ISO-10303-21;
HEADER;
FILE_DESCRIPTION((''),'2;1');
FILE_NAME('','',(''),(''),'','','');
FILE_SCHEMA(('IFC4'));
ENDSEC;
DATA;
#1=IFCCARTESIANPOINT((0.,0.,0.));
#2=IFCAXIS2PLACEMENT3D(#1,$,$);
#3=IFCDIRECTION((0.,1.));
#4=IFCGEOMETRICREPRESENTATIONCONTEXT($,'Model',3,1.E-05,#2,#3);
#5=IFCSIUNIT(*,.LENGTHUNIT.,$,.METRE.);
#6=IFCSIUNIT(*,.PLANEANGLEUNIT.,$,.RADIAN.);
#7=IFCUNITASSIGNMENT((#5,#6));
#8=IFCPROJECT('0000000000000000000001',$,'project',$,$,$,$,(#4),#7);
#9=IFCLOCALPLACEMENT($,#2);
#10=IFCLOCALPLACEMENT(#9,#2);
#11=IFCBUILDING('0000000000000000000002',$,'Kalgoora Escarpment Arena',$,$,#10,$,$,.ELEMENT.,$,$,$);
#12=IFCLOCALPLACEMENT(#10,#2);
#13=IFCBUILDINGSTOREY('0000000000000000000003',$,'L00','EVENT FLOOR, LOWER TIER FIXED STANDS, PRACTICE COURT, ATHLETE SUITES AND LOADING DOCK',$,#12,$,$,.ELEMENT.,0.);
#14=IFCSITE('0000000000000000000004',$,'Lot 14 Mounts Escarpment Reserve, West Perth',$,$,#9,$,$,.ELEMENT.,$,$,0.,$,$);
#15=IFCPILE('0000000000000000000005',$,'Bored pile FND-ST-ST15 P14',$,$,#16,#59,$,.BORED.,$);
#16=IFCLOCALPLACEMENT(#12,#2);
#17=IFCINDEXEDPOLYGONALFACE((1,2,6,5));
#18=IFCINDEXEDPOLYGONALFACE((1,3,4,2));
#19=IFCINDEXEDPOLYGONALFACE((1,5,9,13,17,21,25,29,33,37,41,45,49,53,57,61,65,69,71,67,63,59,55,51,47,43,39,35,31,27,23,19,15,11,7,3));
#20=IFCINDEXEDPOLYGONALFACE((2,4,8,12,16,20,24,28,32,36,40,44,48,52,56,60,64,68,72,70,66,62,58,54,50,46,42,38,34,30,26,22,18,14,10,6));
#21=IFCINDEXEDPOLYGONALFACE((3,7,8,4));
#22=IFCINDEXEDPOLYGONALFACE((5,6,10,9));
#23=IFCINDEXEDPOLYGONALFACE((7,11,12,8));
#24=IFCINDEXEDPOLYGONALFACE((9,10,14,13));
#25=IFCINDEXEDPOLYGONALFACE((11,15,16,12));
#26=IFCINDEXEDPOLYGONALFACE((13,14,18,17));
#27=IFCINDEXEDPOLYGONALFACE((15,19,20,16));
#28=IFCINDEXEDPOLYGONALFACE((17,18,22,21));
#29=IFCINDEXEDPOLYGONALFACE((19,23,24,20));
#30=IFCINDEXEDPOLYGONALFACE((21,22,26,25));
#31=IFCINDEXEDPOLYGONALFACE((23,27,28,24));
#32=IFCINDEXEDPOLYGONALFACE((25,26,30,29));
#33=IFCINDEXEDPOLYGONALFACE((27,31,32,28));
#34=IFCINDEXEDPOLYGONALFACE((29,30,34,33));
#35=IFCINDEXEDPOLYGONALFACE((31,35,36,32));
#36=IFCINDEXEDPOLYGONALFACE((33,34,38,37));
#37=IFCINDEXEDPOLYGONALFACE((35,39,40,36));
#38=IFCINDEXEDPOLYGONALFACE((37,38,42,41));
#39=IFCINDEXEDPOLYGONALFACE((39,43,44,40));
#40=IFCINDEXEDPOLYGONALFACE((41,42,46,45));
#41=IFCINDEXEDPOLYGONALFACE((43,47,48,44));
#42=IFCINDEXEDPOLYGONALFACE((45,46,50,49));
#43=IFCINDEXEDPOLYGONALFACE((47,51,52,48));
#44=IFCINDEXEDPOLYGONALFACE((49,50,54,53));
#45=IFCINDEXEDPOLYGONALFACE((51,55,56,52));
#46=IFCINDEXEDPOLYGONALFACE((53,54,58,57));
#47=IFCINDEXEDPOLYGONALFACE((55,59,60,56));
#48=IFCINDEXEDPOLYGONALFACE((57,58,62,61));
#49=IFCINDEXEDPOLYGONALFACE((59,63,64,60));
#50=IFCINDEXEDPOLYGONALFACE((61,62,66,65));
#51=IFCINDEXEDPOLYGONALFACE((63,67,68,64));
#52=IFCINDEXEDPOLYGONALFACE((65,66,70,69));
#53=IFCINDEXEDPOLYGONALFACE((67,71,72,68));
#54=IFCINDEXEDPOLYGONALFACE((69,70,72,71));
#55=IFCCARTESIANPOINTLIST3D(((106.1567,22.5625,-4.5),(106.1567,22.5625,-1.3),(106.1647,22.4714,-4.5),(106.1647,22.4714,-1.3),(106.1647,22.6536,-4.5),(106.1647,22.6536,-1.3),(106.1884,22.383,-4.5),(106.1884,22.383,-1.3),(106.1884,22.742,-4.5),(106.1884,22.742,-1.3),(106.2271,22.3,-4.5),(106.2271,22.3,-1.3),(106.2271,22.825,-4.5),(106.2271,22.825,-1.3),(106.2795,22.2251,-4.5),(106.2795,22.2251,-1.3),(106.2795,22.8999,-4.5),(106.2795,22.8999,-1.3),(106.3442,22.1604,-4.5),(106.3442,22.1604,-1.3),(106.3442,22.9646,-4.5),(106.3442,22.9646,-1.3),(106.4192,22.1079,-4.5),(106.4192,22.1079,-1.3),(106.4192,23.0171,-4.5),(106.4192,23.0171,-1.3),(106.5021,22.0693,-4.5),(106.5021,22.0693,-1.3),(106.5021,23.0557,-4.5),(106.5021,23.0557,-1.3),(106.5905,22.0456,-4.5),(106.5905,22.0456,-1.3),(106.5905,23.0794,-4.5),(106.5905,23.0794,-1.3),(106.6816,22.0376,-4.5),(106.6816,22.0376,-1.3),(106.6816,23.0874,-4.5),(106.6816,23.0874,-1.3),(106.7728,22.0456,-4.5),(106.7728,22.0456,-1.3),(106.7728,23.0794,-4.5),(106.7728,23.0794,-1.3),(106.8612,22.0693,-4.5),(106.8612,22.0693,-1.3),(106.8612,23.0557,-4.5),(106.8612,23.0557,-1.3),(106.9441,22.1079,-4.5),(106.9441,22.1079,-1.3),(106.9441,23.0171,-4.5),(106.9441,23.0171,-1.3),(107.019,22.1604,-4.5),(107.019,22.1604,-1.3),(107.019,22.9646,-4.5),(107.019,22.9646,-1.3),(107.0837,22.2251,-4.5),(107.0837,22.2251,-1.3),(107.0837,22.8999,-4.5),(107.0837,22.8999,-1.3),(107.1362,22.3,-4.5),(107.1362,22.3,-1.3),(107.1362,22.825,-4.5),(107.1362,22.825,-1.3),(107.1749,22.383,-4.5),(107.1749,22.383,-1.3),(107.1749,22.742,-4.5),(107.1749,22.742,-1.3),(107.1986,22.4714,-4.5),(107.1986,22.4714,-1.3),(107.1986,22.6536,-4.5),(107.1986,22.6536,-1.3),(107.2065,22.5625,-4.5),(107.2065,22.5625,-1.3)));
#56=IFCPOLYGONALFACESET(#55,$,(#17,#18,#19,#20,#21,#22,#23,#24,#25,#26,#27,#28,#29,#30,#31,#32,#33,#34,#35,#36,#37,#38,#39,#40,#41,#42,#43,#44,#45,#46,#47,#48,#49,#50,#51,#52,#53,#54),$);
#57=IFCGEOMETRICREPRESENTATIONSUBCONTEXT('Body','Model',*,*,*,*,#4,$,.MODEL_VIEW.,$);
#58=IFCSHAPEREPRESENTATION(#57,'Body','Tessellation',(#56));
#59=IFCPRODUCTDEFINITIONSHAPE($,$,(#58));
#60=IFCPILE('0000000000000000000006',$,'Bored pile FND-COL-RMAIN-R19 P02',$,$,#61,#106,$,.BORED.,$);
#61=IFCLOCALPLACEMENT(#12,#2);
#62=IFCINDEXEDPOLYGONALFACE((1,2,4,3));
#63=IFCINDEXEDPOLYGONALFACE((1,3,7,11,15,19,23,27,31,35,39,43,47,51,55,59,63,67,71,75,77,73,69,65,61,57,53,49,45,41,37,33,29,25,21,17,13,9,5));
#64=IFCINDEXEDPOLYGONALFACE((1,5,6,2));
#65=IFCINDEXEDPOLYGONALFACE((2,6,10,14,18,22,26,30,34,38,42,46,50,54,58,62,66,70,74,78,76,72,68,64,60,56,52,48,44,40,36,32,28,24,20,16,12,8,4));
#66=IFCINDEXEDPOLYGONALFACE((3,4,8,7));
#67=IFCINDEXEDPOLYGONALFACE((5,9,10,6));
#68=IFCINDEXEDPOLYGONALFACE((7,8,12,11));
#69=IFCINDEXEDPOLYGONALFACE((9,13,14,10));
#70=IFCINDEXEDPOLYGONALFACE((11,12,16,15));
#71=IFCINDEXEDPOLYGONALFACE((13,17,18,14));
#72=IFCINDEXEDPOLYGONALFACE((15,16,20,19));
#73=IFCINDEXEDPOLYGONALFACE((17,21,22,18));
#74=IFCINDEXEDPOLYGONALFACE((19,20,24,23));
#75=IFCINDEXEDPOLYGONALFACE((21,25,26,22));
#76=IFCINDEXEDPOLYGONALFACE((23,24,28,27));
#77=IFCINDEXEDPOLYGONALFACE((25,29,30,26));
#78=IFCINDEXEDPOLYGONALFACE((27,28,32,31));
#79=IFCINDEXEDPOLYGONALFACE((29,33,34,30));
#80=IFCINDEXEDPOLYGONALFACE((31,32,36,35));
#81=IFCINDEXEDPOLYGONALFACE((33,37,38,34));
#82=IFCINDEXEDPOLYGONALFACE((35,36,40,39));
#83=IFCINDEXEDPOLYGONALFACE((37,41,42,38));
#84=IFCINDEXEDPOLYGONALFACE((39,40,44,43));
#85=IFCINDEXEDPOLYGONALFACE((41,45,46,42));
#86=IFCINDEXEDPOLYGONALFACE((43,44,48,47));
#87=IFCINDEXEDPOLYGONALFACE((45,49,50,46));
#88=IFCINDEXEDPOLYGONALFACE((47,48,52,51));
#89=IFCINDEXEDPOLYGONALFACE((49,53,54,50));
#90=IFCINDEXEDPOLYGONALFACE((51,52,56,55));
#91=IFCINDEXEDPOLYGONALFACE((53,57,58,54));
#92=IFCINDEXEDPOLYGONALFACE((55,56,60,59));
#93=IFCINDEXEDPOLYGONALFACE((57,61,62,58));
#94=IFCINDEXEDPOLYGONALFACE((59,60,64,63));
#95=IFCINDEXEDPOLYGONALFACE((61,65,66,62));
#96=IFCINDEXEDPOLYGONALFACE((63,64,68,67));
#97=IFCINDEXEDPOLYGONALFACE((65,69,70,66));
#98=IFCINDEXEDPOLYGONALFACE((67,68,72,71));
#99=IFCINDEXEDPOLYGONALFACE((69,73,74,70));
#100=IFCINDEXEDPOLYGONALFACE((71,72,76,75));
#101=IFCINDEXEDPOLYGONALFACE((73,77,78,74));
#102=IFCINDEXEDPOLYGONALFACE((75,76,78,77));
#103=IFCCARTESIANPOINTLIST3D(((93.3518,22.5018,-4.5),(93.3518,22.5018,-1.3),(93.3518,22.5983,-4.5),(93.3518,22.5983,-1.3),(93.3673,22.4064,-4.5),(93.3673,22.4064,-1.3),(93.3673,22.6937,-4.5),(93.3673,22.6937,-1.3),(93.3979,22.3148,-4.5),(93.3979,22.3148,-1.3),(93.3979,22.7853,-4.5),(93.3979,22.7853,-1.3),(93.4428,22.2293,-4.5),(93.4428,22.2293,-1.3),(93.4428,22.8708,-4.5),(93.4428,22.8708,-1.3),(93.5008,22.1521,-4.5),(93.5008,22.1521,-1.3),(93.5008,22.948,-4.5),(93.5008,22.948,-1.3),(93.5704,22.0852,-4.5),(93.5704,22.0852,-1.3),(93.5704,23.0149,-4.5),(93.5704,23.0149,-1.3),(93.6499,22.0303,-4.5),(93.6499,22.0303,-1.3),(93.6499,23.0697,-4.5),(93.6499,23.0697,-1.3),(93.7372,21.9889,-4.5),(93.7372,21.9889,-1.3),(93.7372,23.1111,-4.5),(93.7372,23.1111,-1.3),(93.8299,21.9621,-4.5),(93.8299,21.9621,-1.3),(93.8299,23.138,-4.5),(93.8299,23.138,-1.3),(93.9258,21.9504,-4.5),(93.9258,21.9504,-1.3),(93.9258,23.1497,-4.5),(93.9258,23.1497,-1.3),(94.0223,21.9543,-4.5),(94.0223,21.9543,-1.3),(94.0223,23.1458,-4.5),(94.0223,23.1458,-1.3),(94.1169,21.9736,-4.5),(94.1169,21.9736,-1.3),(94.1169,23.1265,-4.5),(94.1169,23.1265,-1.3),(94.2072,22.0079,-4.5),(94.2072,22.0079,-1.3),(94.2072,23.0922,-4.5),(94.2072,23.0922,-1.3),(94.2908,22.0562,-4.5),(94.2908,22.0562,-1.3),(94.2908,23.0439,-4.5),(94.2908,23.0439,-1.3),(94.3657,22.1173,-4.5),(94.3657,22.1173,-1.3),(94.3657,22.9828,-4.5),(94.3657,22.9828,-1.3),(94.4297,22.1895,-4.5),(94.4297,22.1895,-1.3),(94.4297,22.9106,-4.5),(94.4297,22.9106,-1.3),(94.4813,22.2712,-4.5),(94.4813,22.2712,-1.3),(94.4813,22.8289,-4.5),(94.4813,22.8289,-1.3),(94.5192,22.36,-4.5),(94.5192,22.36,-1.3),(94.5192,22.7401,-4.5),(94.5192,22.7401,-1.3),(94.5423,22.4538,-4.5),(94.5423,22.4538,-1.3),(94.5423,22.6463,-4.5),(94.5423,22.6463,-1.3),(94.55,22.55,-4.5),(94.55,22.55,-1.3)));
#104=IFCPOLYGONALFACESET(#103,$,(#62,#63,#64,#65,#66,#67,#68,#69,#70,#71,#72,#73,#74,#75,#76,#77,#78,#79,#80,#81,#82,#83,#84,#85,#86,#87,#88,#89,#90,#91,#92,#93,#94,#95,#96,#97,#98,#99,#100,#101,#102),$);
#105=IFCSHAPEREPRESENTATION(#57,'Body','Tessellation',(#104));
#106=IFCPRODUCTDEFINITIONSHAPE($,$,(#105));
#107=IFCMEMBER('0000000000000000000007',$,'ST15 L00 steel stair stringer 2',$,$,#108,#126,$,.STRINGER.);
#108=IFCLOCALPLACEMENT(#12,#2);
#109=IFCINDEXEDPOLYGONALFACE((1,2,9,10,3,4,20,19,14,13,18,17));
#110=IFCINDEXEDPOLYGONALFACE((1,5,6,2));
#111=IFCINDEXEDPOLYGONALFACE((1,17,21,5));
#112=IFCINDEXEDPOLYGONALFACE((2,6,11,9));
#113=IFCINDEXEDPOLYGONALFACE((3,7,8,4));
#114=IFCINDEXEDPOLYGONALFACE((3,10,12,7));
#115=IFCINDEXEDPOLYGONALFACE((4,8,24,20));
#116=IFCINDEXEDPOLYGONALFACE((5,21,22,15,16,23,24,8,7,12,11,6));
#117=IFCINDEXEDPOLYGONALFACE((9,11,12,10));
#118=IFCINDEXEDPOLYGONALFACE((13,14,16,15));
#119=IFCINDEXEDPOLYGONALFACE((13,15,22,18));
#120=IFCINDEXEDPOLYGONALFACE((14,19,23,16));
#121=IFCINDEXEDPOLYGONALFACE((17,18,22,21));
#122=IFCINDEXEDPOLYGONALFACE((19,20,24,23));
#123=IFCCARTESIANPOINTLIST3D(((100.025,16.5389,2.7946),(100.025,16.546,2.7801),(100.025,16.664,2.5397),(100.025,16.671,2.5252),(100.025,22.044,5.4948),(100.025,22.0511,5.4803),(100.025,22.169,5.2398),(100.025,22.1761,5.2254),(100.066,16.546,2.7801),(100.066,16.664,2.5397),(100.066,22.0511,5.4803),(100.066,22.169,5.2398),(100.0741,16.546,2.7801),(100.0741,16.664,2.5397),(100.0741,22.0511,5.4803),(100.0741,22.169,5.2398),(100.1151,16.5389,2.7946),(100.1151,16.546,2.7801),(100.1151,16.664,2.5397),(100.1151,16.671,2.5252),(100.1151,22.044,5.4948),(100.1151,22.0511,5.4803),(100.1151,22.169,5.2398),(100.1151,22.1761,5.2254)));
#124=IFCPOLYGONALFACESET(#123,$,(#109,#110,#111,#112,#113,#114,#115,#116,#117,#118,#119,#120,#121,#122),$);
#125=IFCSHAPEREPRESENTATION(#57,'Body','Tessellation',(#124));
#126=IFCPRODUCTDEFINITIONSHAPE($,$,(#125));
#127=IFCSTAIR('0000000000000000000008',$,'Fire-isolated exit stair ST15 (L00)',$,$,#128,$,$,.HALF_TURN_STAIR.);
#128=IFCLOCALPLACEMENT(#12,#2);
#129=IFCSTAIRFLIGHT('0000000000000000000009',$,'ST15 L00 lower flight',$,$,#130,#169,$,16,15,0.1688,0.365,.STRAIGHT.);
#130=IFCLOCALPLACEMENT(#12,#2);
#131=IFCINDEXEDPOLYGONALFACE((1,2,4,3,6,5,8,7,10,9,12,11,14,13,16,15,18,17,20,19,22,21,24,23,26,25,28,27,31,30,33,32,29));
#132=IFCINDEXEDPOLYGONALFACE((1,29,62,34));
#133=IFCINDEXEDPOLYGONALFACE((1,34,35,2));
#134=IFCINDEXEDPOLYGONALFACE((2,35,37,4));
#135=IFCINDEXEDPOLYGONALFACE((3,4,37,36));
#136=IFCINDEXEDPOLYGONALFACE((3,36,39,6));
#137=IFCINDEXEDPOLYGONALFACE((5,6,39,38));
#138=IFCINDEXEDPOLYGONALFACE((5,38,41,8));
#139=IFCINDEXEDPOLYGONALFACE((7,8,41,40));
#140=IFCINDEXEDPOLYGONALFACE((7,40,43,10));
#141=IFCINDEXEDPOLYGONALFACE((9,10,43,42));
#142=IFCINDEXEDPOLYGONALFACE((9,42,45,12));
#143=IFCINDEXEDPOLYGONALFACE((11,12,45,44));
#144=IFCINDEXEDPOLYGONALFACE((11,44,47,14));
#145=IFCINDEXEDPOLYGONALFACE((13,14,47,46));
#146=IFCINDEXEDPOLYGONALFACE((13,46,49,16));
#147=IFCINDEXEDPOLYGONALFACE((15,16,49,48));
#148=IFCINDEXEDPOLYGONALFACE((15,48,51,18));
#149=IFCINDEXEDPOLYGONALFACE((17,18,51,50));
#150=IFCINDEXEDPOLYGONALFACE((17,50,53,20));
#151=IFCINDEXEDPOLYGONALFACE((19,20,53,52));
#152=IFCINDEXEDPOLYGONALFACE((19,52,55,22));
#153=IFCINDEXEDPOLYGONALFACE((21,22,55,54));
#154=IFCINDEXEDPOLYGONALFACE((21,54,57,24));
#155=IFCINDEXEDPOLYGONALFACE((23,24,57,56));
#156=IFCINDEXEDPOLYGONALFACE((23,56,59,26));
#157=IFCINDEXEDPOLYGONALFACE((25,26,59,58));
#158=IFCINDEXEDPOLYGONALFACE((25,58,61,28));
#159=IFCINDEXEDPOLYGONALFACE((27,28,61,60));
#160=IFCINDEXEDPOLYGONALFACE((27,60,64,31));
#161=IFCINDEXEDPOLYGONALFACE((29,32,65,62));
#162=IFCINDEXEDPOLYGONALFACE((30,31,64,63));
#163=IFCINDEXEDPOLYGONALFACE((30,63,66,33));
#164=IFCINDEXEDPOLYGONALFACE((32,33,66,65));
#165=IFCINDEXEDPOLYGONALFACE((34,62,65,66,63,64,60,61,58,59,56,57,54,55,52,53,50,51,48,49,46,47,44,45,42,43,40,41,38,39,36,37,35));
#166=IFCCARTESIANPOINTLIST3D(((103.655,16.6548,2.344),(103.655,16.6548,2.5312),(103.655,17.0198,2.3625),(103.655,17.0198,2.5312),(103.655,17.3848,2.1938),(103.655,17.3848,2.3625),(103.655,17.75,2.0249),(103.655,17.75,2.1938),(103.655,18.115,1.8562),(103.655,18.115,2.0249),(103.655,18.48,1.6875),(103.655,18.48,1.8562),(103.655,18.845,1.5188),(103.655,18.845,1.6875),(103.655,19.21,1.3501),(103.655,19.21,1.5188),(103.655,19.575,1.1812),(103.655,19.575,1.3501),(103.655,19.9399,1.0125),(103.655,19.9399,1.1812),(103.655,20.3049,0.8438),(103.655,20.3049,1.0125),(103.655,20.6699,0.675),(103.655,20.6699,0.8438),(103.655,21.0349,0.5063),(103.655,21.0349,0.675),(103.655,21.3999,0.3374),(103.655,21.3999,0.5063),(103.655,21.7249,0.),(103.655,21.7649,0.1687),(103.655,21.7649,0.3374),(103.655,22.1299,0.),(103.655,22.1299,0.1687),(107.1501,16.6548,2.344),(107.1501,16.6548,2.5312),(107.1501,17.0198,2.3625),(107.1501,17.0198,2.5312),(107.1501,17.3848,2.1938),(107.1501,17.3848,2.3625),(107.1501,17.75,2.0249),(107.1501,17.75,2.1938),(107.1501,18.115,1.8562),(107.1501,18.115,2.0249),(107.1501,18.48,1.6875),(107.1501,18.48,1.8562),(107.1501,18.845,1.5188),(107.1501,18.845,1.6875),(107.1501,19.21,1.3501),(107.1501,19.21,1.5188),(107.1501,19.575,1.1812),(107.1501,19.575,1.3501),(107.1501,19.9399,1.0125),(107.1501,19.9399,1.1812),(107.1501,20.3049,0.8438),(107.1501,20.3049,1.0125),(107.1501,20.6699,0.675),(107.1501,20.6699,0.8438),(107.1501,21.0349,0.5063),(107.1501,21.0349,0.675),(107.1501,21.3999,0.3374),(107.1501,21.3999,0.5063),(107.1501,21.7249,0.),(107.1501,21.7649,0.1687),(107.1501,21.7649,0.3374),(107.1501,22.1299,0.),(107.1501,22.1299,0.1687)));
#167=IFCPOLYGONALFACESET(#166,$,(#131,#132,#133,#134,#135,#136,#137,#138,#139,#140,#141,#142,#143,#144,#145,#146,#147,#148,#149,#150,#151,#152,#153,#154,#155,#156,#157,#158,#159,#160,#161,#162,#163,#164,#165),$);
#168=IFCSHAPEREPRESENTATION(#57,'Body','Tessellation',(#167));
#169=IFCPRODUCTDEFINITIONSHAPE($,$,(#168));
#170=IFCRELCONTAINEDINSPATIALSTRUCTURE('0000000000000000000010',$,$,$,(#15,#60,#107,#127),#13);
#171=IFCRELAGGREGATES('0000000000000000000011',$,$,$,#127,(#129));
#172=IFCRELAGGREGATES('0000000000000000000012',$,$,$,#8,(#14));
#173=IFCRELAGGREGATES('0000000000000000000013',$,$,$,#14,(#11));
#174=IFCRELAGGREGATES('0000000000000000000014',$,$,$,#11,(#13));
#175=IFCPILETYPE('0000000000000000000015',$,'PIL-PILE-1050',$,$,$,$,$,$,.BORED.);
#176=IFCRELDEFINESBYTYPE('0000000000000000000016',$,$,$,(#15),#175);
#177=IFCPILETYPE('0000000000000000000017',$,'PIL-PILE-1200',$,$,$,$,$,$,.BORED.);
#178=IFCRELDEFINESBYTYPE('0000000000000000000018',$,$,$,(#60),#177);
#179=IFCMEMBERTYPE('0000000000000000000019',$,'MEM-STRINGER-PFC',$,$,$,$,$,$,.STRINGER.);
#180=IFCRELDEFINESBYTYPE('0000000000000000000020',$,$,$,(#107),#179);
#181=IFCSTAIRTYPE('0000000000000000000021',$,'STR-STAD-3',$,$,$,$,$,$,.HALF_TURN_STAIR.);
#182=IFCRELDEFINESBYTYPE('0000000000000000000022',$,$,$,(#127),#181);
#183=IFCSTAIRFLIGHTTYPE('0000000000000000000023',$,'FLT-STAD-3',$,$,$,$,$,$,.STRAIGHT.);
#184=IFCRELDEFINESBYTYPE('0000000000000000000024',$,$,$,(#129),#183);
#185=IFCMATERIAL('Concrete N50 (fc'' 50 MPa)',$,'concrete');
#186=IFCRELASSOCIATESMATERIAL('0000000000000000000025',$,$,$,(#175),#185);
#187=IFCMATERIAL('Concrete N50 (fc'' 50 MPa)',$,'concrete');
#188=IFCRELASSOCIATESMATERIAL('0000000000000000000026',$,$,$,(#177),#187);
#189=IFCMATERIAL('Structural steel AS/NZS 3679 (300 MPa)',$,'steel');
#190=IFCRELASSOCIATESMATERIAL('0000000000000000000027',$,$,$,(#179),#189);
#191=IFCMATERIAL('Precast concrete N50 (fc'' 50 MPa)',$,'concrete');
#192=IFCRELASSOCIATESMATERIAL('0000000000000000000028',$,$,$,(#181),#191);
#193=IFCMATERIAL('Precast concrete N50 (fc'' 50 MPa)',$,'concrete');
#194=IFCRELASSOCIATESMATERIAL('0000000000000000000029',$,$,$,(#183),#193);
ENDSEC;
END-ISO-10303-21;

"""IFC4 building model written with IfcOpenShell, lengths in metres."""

from ifc_helpers import new_model, si_unit, direction, frame, origin, origin_2d, place, context, subcontext, project, spatial, polyline, circle, i_section, outline, extrude, material, material_profile, profile_set, type_object, element, aggregate, save


model = new_model("IFC4")

# Units and contexts
model_context = context("Model", 3, precision=1e-05, world=origin(), true_north=direction((0.0, 1.0)))
body_context = subcontext(model_context, "Body", "Model", "MODEL_VIEW")
ifc_project = project(units=[si_unit("LENGTHUNIT", "METRE"), si_unit("PLANEANGLEUNIT", "RADIAN")], contexts=[model_context])

# Site, building, storey
site_placement = place(None, origin())
site = spatial("IfcSite", under=ifc_project, at=site_placement, Name="Lot 14 Mounts Escarpment Reserve, West Perth", CompositionType="ELEMENT", RefElevation=0.0)
building_placement = place(site_placement, origin())
building = spatial("IfcBuilding", under=site, at=building_placement, Name="Kalgoora Escarpment Arena", CompositionType="ELEMENT")
storey_placement = place(building_placement, origin())
storey = spatial("IfcBuildingStorey", under=building, at=storey_placement, Name="L00", Description="EVENT FLOOR, LOWER TIER FIXED STANDS, PRACTICE COURT, ATHLETE SUITES AND LOADING DOCK", CompositionType="ELEMENT", Elevation=0.0)

# Piles
ifc_material_1 = material(Name="Concrete N50 (fc' 50 MPa)", Category="concrete")
ifc_material_profile_1 = material_profile(ifc_material_1, circle(Radius=0.5249, at=origin_2d()))
ifc_profile_set_1 = profile_set([ifc_material_profile_1], Name="Concrete N50 (fc' 50 MPa)")
pile_type_1 = type_object("IfcPileType", Name="PIL-PILE-1050", PredefinedType="BORED", material=ifc_profile_set_1)
for number, where, z_axis, x_axis, name in (
    (1, (106.6816, 22.5625, -1.3), (0.0, 0.0, -1.0), (1.0, 0.0, 0.0), "Bored pile FND-ST-ST15 P14"),
):
    element("IfcPile", number, at=place(storey_placement, frame(where, z_axis=z_axis, x_axis=x_axis)), inside=storey, type_object=pile_type_1, Name=name, PredefinedType="BORED", context=body_context, shape_type="SweptSolid", body=[
        extrude(circle(Radius=0.5249, at=origin_2d()), origin(), (0.0, 0.0, 1.0), 3.2),
    ])
ifc_material_2 = material(Name="Concrete N50 (fc' 50 MPa)", Category="concrete")
ifc_material_profile_2 = material_profile(ifc_material_2, circle(Radius=0.6001, at=origin_2d()))
ifc_profile_set_2 = profile_set([ifc_material_profile_2], Name="Concrete N50 (fc' 50 MPa)")
pile_type_2 = type_object("IfcPileType", Name="PIL-PILE-1200", PredefinedType="BORED", material=ifc_profile_set_2)
pile_placement = place(storey_placement, frame((93.95, 22.55, -1.3), z_axis=(0.0, 0.0, -1.0), x_axis=(1.0, 0.0, 0.0)))
element("IfcPile", 2, at=pile_placement, inside=storey, type_object=pile_type_2, Name="Bored pile FND-COL-RMAIN-R19 P02", PredefinedType="BORED", context=body_context, shape_type="SweptSolid", body=[
    extrude(circle(Radius=0.6001, at=origin_2d()), origin(), (0.0, 0.0, 1.0), 3.2),
])

# Member
ifc_material_3 = material(Name="Structural steel AS/NZS 3679 (300 MPa)", Category="steel")
ifc_material_profile_3 = material_profile(ifc_material_3, i_section(OverallWidth=0.0901, OverallDepth=0.3, WebThickness=0.0081, FlangeThickness=0.0161, at=origin_2d()))
ifc_profile_set_3 = profile_set([ifc_material_profile_3], Name="Structural steel AS/NZS 3679 (300 MPa)")
member_type = type_object("IfcMemberType", Name="MEM-STRINGER-PFC", PredefinedType="STRINGER", material=ifc_profile_set_3)
member_placement = place(storey_placement, frame((100.0701, 16.605, 2.6599), z_axis=(0.0, 0.897817, 0.440368), x_axis=(-1.0, 0.0, 0.0)))
element("IfcMember", 3, at=member_placement, inside=storey, type_object=member_type, Name="ST15 L00 steel stair stringer 2", PredefinedType="STRINGER", context=body_context, shape_type="SweptSolid", body=[
    extrude(i_section(OverallWidth=0.0901, OverallDepth=0.3, WebThickness=0.0081, FlangeThickness=0.0161, at=origin_2d()), origin(), (0.0, 0.0, 1.0), 6.1316),
])

# Stair, stair flight
ifc_material_4 = material(Name="Precast concrete N50 (fc' 50 MPa)", Category="concrete")
stair_type = type_object("IfcStairType", Name="STR-STAD-3", PredefinedType="HALF_TURN_STAIR", material=ifc_material_4)
stair_placement = place(storey_placement, origin())
stair = element("IfcStair", 4, at=stair_placement, inside=storey, type_object=stair_type, Name="Fire-isolated exit stair ST15 (L00)", PredefinedType="HALF_TURN_STAIR")
ifc_material_5 = material(Name="Precast concrete N50 (fc' 50 MPa)", Category="concrete")
stair_flight_type = type_object("IfcStairFlightType", Name="FLT-STAD-3", PredefinedType="STRAIGHT", material=ifc_material_5)
stair_flight_1_placement = place(storey_placement, frame((105.4026, 22.1299, 0.0), z_axis=(0.0, 0.0, 1.0), x_axis=(0.0, -1.0, 0.0)))
stair_flight_1 = element("IfcStairFlight", 5, at=stair_flight_1_placement, type_object=stair_flight_type, Name="ST15 L00 lower flight", NumberOfRisers=16, NumberOfTreads=15, PredefinedType="STRAIGHT", RiserHeight=0.1688, TreadLength=0.365, context=body_context, shape_type="SweptSolid", body=[
    extrude(outline(polyline([(0.0, 0.0), (0.0, 0.1687), (0.365, 0.1687), (0.365, 0.3374), (0.73, 0.3374), (0.73, 0.5063), (1.095, 0.5063), (1.095, 0.675), (1.46, 0.675), (1.46, 0.8438), (1.825, 0.8438), (1.825, 1.0125), (2.1899, 1.0125), (2.1899, 1.1812), (2.5549, 1.1812), (2.5549, 1.3501), (2.9199, 1.3501), (2.9199, 1.5188), (3.2849, 1.5188), (3.2849, 1.6875), (3.6499, 1.6875), (3.6499, 1.8562), (4.0149, 1.8562), (4.0149, 2.0249), (4.3799, 2.0249), (4.3799, 2.1938), (4.7451, 2.1938), (4.7451, 2.3625), (5.1101, 2.3625), (5.1101, 2.5312), (5.4751, 2.5312), (5.4751, 2.7), (5.4751, 2.344), (0.405, 0.0), (0.0, 0.0)])), frame((0.0, 1.7476, 0.0), z_axis=(0.0, -1.0, 0.0), x_axis=(1.0, 0.0, 0.0)), (0.0, 0.0, 1.0), 3.4951),
])
aggregate(stair, [stair_flight_1])

save(model, "model.ifc")
